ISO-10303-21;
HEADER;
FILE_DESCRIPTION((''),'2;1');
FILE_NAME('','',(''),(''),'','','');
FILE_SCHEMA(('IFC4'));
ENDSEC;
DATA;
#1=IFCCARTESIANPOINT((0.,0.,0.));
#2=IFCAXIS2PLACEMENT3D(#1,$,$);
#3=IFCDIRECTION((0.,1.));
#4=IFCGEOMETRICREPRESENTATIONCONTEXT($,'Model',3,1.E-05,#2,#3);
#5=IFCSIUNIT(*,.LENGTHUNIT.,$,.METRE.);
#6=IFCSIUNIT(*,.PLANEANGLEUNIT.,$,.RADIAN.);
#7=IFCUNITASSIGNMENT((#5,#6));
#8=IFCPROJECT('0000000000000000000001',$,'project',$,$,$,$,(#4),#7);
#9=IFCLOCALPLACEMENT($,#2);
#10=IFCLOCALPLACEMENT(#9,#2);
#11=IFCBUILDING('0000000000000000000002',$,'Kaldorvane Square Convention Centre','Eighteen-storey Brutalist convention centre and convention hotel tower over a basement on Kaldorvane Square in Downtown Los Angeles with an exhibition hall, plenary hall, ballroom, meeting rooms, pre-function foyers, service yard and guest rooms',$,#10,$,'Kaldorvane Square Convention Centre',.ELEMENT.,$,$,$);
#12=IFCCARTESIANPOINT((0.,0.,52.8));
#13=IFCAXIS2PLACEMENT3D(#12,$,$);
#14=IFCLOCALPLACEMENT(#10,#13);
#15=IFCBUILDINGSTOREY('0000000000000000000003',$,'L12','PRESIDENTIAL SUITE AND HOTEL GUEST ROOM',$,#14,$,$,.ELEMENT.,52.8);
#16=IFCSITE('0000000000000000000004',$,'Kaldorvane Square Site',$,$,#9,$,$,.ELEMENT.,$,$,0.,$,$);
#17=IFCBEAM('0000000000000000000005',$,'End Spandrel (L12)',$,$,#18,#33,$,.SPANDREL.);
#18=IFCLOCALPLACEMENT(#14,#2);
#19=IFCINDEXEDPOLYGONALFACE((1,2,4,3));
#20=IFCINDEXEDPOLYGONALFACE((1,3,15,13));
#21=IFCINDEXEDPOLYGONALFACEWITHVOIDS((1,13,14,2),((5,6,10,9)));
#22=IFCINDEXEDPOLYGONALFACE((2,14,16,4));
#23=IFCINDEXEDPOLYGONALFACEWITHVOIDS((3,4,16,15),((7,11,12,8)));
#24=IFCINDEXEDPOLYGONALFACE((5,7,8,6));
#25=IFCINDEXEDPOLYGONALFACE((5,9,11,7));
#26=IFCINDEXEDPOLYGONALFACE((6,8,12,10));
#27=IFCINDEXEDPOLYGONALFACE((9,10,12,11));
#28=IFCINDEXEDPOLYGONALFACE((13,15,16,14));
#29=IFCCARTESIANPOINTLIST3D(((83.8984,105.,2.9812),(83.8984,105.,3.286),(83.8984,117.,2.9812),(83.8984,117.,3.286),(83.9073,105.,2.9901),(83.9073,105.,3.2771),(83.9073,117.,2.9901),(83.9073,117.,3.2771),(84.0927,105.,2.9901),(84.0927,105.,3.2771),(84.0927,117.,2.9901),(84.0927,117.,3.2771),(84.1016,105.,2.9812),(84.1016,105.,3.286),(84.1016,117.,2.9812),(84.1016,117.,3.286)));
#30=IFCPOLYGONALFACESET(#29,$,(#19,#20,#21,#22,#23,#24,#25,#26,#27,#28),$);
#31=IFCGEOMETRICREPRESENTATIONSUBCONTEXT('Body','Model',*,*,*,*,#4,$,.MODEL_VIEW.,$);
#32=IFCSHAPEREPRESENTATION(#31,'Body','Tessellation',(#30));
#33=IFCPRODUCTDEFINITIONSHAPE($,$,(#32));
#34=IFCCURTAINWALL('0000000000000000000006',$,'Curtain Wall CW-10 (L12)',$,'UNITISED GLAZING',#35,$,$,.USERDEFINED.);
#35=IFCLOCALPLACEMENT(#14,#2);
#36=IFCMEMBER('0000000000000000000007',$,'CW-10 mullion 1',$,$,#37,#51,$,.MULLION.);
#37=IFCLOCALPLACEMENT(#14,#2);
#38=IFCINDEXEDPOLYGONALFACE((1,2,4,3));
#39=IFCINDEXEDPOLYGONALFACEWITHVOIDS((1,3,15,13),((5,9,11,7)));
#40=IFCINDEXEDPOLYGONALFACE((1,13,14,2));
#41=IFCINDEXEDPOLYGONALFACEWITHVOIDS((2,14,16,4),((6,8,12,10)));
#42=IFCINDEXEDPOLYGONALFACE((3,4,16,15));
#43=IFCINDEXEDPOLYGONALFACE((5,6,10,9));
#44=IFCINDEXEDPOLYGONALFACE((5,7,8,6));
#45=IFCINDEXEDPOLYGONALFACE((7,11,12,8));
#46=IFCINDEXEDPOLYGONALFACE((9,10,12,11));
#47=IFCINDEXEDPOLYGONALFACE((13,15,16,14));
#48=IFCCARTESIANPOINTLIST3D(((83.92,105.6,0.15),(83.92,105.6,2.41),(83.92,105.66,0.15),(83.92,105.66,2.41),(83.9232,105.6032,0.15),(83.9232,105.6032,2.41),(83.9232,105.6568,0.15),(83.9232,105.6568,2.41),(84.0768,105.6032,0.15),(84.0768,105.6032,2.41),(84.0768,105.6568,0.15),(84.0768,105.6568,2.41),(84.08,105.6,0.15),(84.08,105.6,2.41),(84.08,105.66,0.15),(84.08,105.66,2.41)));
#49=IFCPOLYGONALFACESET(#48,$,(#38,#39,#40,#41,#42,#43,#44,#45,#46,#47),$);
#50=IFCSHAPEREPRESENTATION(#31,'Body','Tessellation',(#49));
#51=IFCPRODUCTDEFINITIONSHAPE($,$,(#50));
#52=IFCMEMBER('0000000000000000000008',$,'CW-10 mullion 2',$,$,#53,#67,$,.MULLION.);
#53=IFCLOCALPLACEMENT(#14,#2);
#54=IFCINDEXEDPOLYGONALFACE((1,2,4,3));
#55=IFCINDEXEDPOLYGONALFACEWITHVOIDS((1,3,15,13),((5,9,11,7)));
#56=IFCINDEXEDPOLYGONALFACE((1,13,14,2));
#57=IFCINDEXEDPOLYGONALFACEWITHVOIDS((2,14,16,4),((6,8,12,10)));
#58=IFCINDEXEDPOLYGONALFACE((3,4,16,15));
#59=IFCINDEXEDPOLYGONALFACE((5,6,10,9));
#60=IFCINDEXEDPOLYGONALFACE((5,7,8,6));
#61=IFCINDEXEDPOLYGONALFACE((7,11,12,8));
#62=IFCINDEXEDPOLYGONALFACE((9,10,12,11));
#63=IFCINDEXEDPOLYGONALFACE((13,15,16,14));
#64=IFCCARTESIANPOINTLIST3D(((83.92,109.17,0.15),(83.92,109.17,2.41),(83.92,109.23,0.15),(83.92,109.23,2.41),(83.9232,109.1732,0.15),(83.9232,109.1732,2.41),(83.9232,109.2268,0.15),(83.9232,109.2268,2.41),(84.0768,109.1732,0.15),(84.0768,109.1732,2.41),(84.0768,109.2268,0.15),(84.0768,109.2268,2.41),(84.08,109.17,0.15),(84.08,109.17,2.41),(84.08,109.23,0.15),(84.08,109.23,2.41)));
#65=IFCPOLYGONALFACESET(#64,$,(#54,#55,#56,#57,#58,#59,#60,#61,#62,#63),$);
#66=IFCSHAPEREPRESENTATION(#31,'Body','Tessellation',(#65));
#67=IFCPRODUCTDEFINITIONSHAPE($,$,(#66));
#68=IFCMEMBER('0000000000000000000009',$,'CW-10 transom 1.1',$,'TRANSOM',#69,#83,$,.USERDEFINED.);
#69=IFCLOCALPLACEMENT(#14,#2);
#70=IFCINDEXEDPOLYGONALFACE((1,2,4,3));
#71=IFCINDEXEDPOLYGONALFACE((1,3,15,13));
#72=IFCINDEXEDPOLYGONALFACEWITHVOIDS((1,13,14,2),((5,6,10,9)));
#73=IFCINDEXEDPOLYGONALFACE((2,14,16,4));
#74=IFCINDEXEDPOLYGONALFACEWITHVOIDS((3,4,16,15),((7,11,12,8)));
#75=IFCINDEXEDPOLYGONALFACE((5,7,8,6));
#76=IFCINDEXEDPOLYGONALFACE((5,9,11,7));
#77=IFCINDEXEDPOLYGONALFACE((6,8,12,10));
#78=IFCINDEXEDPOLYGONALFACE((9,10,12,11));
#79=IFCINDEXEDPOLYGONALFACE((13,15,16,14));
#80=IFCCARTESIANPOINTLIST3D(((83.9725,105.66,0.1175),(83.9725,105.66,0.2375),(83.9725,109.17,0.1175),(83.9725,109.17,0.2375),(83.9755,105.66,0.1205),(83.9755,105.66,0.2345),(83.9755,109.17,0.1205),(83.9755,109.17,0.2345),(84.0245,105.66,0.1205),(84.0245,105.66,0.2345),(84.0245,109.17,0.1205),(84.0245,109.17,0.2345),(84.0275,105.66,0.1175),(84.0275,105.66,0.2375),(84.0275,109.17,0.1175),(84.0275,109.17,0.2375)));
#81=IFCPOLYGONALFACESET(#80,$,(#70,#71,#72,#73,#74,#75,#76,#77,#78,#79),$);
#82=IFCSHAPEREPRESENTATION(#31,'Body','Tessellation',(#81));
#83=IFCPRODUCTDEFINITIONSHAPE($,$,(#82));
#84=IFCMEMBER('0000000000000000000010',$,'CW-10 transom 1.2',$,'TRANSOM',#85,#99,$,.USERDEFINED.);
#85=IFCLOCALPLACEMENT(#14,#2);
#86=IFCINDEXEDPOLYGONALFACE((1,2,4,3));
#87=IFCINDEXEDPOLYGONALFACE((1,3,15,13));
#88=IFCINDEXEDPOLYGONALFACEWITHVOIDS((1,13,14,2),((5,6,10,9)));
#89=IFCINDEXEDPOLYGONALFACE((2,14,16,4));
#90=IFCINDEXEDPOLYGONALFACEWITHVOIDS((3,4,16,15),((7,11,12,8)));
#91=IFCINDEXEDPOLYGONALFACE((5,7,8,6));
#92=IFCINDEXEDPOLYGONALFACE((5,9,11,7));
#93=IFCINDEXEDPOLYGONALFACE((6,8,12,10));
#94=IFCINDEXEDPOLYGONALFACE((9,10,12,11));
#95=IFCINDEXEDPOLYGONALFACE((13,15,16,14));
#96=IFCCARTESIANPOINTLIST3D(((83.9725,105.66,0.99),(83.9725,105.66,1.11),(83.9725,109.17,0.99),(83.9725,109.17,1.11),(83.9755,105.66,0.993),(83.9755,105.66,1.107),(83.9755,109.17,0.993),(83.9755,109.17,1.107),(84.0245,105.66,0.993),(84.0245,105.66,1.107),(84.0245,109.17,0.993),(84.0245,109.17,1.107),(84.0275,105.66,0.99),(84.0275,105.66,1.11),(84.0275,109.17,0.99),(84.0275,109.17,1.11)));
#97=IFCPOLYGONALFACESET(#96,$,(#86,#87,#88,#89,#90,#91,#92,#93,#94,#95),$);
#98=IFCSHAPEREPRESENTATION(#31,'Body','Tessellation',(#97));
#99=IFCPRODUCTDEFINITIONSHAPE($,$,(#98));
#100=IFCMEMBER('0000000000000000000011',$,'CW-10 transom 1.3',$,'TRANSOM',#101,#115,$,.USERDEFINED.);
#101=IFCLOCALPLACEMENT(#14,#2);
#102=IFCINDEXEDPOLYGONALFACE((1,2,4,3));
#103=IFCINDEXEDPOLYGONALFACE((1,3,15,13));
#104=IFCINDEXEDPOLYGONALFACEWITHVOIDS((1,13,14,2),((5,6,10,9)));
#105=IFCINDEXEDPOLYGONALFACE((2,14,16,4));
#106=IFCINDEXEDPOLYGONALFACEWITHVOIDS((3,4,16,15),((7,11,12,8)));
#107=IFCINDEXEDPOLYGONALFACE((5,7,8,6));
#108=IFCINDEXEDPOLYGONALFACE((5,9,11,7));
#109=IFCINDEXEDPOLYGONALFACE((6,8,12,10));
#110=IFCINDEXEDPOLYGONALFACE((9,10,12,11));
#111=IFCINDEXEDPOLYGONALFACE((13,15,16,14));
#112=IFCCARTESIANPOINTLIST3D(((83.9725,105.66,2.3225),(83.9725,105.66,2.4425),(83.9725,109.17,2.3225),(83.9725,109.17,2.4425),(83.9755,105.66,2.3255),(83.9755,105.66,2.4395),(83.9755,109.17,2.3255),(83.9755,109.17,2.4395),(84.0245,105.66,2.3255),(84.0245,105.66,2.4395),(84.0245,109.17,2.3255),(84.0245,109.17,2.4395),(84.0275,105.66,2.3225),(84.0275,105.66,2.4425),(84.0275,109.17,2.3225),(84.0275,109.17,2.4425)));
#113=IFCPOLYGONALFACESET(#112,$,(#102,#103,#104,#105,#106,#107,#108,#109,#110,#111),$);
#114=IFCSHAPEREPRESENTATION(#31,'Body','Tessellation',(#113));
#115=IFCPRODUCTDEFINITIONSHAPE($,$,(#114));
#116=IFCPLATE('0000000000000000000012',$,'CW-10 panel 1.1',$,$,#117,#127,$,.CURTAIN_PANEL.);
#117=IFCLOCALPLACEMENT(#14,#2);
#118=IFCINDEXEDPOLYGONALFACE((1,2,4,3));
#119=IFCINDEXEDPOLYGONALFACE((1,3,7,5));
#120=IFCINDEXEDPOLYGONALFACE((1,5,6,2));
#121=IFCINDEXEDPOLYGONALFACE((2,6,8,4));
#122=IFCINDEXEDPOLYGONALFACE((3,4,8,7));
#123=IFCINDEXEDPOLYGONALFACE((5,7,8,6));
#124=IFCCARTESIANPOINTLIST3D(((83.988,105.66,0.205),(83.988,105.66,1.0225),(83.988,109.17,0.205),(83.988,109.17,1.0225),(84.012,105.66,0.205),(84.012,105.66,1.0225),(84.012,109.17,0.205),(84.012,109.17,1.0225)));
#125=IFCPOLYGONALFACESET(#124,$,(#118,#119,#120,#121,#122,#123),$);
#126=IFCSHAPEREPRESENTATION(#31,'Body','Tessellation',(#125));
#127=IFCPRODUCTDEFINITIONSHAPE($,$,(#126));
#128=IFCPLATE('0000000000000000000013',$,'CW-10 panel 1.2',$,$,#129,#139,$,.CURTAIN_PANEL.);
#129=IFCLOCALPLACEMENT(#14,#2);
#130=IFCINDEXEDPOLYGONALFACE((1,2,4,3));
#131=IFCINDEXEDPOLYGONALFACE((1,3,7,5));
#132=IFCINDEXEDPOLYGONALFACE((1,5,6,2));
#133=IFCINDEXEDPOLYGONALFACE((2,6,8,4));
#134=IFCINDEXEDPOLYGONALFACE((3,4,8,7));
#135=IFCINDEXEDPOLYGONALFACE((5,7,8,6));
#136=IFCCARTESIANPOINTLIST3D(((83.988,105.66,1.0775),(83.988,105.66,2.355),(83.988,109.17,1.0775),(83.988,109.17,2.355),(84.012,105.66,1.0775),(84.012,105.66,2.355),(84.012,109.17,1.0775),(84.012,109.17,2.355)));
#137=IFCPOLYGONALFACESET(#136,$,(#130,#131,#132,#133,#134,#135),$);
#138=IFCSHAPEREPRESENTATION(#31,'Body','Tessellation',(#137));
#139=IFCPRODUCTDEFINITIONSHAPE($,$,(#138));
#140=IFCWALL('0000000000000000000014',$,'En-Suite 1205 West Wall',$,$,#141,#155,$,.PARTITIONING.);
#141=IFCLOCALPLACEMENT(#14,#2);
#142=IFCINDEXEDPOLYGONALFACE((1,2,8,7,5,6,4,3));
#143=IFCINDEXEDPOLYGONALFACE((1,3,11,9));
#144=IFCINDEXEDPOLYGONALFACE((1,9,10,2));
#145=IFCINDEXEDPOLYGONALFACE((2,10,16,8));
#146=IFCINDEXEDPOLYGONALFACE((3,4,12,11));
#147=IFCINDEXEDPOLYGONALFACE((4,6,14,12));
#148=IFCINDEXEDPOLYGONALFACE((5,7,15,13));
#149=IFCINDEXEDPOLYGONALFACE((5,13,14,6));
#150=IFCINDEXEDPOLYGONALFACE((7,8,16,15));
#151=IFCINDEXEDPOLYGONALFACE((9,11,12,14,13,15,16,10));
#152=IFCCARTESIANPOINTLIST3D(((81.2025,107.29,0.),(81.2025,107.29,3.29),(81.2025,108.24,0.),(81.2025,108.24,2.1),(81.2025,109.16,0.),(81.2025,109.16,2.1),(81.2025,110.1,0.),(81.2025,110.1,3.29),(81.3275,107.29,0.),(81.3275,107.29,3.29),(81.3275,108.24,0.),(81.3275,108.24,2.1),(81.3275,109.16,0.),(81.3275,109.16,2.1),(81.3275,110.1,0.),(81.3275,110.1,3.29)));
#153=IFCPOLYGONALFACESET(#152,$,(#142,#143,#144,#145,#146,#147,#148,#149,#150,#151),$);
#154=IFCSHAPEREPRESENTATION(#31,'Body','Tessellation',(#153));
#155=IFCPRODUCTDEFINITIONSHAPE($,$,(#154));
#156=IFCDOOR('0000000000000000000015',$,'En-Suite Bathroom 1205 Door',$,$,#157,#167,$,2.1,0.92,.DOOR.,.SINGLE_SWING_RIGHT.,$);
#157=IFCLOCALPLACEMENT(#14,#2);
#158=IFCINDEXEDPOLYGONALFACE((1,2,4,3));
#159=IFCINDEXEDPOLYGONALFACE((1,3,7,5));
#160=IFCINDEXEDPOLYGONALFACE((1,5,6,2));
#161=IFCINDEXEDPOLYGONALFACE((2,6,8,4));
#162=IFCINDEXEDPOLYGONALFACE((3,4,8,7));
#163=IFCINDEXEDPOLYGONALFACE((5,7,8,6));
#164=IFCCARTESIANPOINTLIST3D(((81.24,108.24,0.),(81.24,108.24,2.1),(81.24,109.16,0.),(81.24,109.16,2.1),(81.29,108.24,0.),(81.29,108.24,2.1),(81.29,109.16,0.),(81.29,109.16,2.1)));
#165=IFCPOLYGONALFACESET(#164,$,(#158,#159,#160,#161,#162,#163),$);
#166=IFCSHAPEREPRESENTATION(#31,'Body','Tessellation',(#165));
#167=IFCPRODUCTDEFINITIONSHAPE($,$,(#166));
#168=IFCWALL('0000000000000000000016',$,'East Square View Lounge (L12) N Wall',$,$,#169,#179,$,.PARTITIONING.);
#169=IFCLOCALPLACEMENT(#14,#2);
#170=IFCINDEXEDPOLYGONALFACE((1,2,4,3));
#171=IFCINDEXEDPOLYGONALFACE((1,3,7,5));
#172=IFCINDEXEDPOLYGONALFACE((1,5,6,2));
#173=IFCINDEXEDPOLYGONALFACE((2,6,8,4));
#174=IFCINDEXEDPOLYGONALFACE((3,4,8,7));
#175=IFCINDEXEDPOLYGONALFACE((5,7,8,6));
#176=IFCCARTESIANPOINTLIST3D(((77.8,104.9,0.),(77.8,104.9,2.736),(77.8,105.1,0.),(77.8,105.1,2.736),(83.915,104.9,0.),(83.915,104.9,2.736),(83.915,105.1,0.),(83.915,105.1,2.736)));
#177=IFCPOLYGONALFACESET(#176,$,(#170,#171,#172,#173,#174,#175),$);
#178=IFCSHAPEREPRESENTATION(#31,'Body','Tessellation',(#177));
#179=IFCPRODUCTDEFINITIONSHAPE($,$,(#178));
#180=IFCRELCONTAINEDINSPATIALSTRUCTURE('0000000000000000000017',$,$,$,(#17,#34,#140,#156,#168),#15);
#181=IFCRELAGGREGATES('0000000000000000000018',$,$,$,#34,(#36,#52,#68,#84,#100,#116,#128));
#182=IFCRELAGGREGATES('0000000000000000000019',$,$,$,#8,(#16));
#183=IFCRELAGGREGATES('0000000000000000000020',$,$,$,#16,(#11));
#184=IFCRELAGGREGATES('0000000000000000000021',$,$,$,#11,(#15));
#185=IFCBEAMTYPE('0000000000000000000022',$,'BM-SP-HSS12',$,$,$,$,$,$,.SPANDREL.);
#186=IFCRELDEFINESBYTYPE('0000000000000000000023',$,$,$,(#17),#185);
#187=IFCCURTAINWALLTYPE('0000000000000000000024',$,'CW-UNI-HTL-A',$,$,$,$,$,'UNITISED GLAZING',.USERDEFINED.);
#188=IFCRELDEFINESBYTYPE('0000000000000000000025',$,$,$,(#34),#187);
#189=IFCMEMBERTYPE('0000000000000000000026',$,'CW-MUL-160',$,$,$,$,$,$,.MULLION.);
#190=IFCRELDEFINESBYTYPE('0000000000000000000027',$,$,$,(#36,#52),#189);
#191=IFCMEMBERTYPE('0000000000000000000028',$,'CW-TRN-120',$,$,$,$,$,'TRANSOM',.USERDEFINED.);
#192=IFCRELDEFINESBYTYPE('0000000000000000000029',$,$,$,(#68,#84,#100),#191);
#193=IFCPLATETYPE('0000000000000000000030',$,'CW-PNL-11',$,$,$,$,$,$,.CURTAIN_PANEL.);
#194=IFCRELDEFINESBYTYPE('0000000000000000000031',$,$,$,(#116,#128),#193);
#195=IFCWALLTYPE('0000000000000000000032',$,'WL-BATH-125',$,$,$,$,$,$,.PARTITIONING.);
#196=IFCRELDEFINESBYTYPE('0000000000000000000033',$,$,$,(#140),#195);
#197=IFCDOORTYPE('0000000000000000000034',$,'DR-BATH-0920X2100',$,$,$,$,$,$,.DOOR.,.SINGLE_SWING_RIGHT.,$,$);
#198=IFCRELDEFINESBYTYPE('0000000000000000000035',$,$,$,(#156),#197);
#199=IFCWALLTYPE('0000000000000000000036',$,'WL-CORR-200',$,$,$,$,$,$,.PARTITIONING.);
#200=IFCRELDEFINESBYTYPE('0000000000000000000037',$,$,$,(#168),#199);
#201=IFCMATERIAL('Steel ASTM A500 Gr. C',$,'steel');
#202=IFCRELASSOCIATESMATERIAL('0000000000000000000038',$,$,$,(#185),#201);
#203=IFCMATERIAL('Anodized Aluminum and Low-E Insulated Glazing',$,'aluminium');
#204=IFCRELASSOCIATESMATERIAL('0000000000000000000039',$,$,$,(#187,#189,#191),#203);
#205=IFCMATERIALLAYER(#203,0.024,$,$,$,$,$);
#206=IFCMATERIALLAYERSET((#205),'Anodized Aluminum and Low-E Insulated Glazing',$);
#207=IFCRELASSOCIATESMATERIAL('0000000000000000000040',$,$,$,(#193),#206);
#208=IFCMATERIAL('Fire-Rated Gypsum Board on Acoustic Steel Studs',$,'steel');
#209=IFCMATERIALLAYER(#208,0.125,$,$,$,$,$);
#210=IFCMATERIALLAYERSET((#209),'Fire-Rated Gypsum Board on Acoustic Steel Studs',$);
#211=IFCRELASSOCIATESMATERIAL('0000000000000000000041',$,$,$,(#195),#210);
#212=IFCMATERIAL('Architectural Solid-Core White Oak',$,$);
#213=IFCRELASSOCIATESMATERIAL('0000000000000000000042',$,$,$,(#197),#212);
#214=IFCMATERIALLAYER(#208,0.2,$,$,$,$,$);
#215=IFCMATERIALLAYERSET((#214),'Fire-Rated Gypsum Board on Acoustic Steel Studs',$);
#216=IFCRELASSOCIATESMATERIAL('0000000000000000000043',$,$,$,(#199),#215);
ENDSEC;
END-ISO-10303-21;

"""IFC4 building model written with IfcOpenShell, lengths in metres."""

from ifc_helpers import new_model, si_unit, direction, frame, frame_2d, origin, origin_2d, place, context, subcontext, project, spatial, rectangle, hollow_rectangle, extrude, material, layer, layer_set, material_profile, profile_set, type_object, element, fill, aggregate, save


model = new_model("IFC4")

# Units and contexts
model_context = context("Model", 3, precision=1e-05, world=origin(), true_north=direction((0.0, 1.0)))
body_context = subcontext(model_context, "Body", "Model", "MODEL_VIEW")
ifc_project = project(units=[si_unit("LENGTHUNIT", "METRE"), si_unit("PLANEANGLEUNIT", "RADIAN")], contexts=[model_context])

# Site, building, storey
site_placement = place(None, origin())
site = spatial("IfcSite", under=ifc_project, at=site_placement, Name="Kaldorvane Square Site", CompositionType="ELEMENT", RefElevation=0.0)
building_placement = place(site_placement, origin())
building = spatial("IfcBuilding", under=site, at=building_placement, Name="Kaldorvane Square Convention Centre", Description="Eighteen-storey Brutalist convention centre and convention hotel tower over a basement on Kaldorvane Square in Downtown Los Angeles with an exhibition hall, plenary hall, ballroom, meeting rooms, pre-function foyers, service yard and guest rooms", LongName="Kaldorvane Square Convention Centre", CompositionType="ELEMENT")
storey_placement = place(building_placement, frame((0.0, 0.0, 52.8)))
storey = spatial("IfcBuildingStorey", under=building, at=storey_placement, Name="L12", Description="PRESIDENTIAL SUITE AND HOTEL GUEST ROOM", CompositionType="ELEMENT", Elevation=52.8)

# Beam
ifc_material_1 = material(Name="Steel ASTM A500 Gr. C", Category="steel")
ifc_material_profile_1 = material_profile(ifc_material_1, hollow_rectangle(XDim=0.2032, YDim=0.3048, WallThickness=0.0089, at=origin_2d()), Name="HSS12X8X3/8")
ifc_profile_set_1 = profile_set([ifc_material_profile_1], Name="Steel ASTM A500 Gr. C")
beam_type_1 = type_object("IfcBeamType", Name="BM-SP-HSS12", PredefinedType="SPANDREL", material=ifc_profile_set_1)
beam_1_placement = place(storey_placement, frame((84.0, 105.0, 3.1336), z_axis=(0.0, 1.0, 0.0), x_axis=(-1.0, 0.0, 0.0)))
element("IfcBeam", 1, at=beam_1_placement, inside=storey, type_object=beam_type_1, Name="End Spandrel (L12)", PredefinedType="SPANDREL", context=body_context, shape_type="SweptSolid", body=[
    extrude(hollow_rectangle(XDim=0.2032, YDim=0.3048, WallThickness=0.0089, at=origin_2d()), origin(), (0.0, 0.0, 1.0), 12.0),
])

# Curtain wall, members, plates
ifc_material_2 = material(Name="Anodized Aluminum and Low-E Insulated Glazing", Category="aluminium")
curtain_wall_type = type_object("IfcCurtainWallType", Name="CW-UNI-HTL-A", ElementType="UNITISED GLAZING", PredefinedType="USERDEFINED", material=ifc_material_2)
curtain_wall_placement = place(storey_placement, origin())
curtain_wall = element("IfcCurtainWall", 2, at=curtain_wall_placement, inside=storey, type_object=curtain_wall_type, Name="Curtain Wall CW-10 (L12)", ObjectType="UNITISED GLAZING", PredefinedType="USERDEFINED")
ifc_material_profile_2 = material_profile(ifc_material_2, hollow_rectangle(XDim=0.06, YDim=0.16, WallThickness=0.0032, at=origin_2d()), Name="CWM-160X60")
ifc_profile_set_2 = profile_set([ifc_material_profile_2], Name="Anodized Aluminum and Low-E Insulated Glazing")
member_type_1 = type_object("IfcMemberType", Name="CW-MUL-160", PredefinedType="MULLION", material=ifc_profile_set_2)
member_1_placement = place(storey_placement, frame((84.0, 105.63, 0.15), z_axis=(0.0, 0.0, 1.0), x_axis=(0.0, 1.0, 0.0)))
member_1 = element("IfcMember", 3, at=member_1_placement, type_object=member_type_1, Name="CW-10 mullion 1", PredefinedType="MULLION", context=body_context, shape_type="SweptSolid", body=[
    extrude(hollow_rectangle(XDim=0.06, YDim=0.16, WallThickness=0.0032, at=origin_2d()), origin(), (0.0, 0.0, 1.0), 2.26),
])
member_2_placement = place(storey_placement, frame((84.0, 109.2, 0.15), z_axis=(0.0, 0.0, 1.0), x_axis=(0.0, 1.0, 0.0)))
member_2 = element("IfcMember", 4, at=member_2_placement, type_object=member_type_1, Name="CW-10 mullion 2", PredefinedType="MULLION", context=body_context, shape_type="SweptSolid", body=[
    extrude(hollow_rectangle(XDim=0.06, YDim=0.16, WallThickness=0.0032, at=origin_2d()), origin(), (0.0, 0.0, 1.0), 2.26),
])
ifc_material_profile_3 = material_profile(ifc_material_2, hollow_rectangle(XDim=0.055, YDim=0.12, WallThickness=0.003, at=origin_2d()), Name="CWT-120X55")
ifc_profile_set_3 = profile_set([ifc_material_profile_3], Name="Anodized Aluminum and Low-E Insulated Glazing")
member_type_2 = type_object("IfcMemberType", Name="CW-TRN-120", ElementType="TRANSOM", PredefinedType="USERDEFINED", material=ifc_profile_set_3)
member_3_placement = place(storey_placement, frame((84.0, 105.66, 0.1775), z_axis=(0.0, 1.0, 0.0), x_axis=(-1.0, 0.0, 0.0)))
member_3 = element("IfcMember", 5, at=member_3_placement, type_object=member_type_2, Name="CW-10 transom 1.1", ObjectType="TRANSOM", PredefinedType="USERDEFINED", context=body_context, shape_type="SweptSolid", body=[
    extrude(hollow_rectangle(XDim=0.055, YDim=0.12, WallThickness=0.003, at=origin_2d()), origin(), (0.0, 0.0, 1.0), 3.51),
])
member_4_placement = place(storey_placement, frame((84.0, 105.66, 1.05), z_axis=(0.0, 1.0, 0.0), x_axis=(-1.0, 0.0, 0.0)))
member_4 = element("IfcMember", 6, at=member_4_placement, type_object=member_type_2, Name="CW-10 transom 1.2", ObjectType="TRANSOM", PredefinedType="USERDEFINED", context=body_context, shape_type="SweptSolid", body=[
    extrude(hollow_rectangle(XDim=0.055, YDim=0.12, WallThickness=0.003, at=origin_2d()), origin(), (0.0, 0.0, 1.0), 3.51),
])
member_5_placement = place(storey_placement, frame((84.0, 105.66, 2.3825), z_axis=(0.0, 1.0, 0.0), x_axis=(-1.0, 0.0, 0.0)))
member_5 = element("IfcMember", 7, at=member_5_placement, type_object=member_type_2, Name="CW-10 transom 1.3", ObjectType="TRANSOM", PredefinedType="USERDEFINED", context=body_context, shape_type="SweptSolid", body=[
    extrude(hollow_rectangle(XDim=0.055, YDim=0.12, WallThickness=0.003, at=origin_2d()), origin(), (0.0, 0.0, 1.0), 3.51),
])
ifc_layer_1 = layer(ifc_material_2, 0.024)
ifc_layer_set_1 = layer_set([ifc_layer_1], Name="Anodized Aluminum and Low-E Insulated Glazing")
plate_type = type_object("IfcPlateType", Name="CW-PNL-11", PredefinedType="CURTAIN_PANEL", material=ifc_layer_set_1)
plate_1_placement = place(storey_placement, frame((84.0, 107.415, 0.205), z_axis=(0.0, 0.0, 1.0), x_axis=(0.0, 1.0, 0.0)))
plate_1 = element("IfcPlate", 8, at=plate_1_placement, type_object=plate_type, Name="CW-10 panel 1.1", PredefinedType="CURTAIN_PANEL", context=body_context, shape_type="SweptSolid", body=[
    extrude(rectangle(XDim=3.51, YDim=0.024, at=origin_2d()), origin(), (0.0, 0.0, 1.0), 0.8175),
])
plate_2_placement = place(storey_placement, frame((84.0, 107.415, 1.0775), z_axis=(0.0, 0.0, 1.0), x_axis=(0.0, 1.0, 0.0)))
plate_2 = element("IfcPlate", 9, at=plate_2_placement, type_object=plate_type, Name="CW-10 panel 1.2", PredefinedType="CURTAIN_PANEL", context=body_context, shape_type="SweptSolid", body=[
    extrude(rectangle(XDim=3.51, YDim=0.024, at=origin_2d()), origin(), (0.0, 0.0, 1.0), 1.2775),
])
aggregate(curtain_wall, [member_1, member_2, member_3, member_4, member_5, plate_1, plate_2])

# Wall, opening, door
ifc_material_3 = material(Name="Fire-Rated Gypsum Board on Acoustic Steel Studs", Category="steel")
ifc_layer_2 = layer(ifc_material_3, 0.125)
ifc_layer_set_2 = layer_set([ifc_layer_2], Name="Fire-Rated Gypsum Board on Acoustic Steel Studs")
wall_type_1 = type_object("IfcWallType", Name="WL-BATH-125", PredefinedType="PARTITIONING", material=ifc_layer_set_2)
wall_1_placement = place(storey_placement, frame((81.265, 107.29, 0.0), z_axis=(0.0, 0.0, 1.0), x_axis=(0.0, 1.0, 0.0)))
wall_1 = element("IfcWall", 10, at=wall_1_placement, inside=storey, type_object=wall_type_1, Name="En-Suite 1205 West Wall", PredefinedType="PARTITIONING", context=body_context, shape_type="SweptSolid", body=[
    extrude(rectangle(XDim=2.81, YDim=0.125, at=frame_2d((1.405, 0.0))), origin(), (0.0, 0.0, 1.0), 3.29),
])
opening_1_placement = place(wall_1_placement, frame((0.95, 0.0, 0.0)))
opening_1 = element("IfcOpeningElement", 11, at=opening_1_placement, cuts=wall_1, PredefinedType="OPENING", context=body_context, shape_type="SweptSolid", body=[
    extrude(rectangle(XDim=0.92, YDim=2.1, at=frame_2d((0.46, 1.05))), frame((0.0, 0.0775, 0.0), z_axis=(0.0, -1.0, 0.0), x_axis=(1.0, 0.0, 0.0)), (0.0, 0.0, 1.0), 0.155),
])
ifc_material_4 = material(Name="Architectural Solid-Core White Oak")
door_type_1 = type_object("IfcDoorType", Name="DR-BATH-0920X2100", OperationType="SINGLE_SWING_RIGHT", PredefinedType="DOOR", material=ifc_material_4)
door_1_placement = place(opening_1_placement, origin())
door_1 = element("IfcDoor", 12, at=door_1_placement, inside=storey, type_object=door_type_1, Name="En-Suite Bathroom 1205 Door", OperationType="SINGLE_SWING_RIGHT", OverallHeight=2.1, OverallWidth=0.92, PredefinedType="DOOR", context=body_context, shape_type="SweptSolid", body=[
    extrude(rectangle(XDim=0.92, YDim=2.1, at=frame_2d((0.46, 1.05))), frame((0.0, 0.025, 0.0), z_axis=(0.0, -1.0, 0.0), x_axis=(1.0, 0.0, 0.0)), (0.0, 0.0, 1.0), 0.05),
])
fill(opening_1, door_1)

# Wall
ifc_layer_3 = layer(ifc_material_3, 0.2)
ifc_layer_set_3 = layer_set([ifc_layer_3], Name="Fire-Rated Gypsum Board on Acoustic Steel Studs")
wall_type_2 = type_object("IfcWallType", Name="WL-CORR-200", PredefinedType="PARTITIONING", material=ifc_layer_set_3)
wall_2_placement = place(storey_placement, frame((83.915, 105.0, 0.0), z_axis=(0.0, 0.0, 1.0), x_axis=(-1.0, 0.0, 0.0)))
element("IfcWall", 13, at=wall_2_placement, inside=storey, type_object=wall_type_2, Name="East Square View Lounge (L12) N Wall", PredefinedType="PARTITIONING", context=body_context, shape_type="SweptSolid", body=[
    extrude(rectangle(XDim=6.115, YDim=0.2, at=frame_2d((3.0575, 0.0))), origin(), (0.0, 0.0, 1.0), 2.736),
])

save(model, "model.ifc")
